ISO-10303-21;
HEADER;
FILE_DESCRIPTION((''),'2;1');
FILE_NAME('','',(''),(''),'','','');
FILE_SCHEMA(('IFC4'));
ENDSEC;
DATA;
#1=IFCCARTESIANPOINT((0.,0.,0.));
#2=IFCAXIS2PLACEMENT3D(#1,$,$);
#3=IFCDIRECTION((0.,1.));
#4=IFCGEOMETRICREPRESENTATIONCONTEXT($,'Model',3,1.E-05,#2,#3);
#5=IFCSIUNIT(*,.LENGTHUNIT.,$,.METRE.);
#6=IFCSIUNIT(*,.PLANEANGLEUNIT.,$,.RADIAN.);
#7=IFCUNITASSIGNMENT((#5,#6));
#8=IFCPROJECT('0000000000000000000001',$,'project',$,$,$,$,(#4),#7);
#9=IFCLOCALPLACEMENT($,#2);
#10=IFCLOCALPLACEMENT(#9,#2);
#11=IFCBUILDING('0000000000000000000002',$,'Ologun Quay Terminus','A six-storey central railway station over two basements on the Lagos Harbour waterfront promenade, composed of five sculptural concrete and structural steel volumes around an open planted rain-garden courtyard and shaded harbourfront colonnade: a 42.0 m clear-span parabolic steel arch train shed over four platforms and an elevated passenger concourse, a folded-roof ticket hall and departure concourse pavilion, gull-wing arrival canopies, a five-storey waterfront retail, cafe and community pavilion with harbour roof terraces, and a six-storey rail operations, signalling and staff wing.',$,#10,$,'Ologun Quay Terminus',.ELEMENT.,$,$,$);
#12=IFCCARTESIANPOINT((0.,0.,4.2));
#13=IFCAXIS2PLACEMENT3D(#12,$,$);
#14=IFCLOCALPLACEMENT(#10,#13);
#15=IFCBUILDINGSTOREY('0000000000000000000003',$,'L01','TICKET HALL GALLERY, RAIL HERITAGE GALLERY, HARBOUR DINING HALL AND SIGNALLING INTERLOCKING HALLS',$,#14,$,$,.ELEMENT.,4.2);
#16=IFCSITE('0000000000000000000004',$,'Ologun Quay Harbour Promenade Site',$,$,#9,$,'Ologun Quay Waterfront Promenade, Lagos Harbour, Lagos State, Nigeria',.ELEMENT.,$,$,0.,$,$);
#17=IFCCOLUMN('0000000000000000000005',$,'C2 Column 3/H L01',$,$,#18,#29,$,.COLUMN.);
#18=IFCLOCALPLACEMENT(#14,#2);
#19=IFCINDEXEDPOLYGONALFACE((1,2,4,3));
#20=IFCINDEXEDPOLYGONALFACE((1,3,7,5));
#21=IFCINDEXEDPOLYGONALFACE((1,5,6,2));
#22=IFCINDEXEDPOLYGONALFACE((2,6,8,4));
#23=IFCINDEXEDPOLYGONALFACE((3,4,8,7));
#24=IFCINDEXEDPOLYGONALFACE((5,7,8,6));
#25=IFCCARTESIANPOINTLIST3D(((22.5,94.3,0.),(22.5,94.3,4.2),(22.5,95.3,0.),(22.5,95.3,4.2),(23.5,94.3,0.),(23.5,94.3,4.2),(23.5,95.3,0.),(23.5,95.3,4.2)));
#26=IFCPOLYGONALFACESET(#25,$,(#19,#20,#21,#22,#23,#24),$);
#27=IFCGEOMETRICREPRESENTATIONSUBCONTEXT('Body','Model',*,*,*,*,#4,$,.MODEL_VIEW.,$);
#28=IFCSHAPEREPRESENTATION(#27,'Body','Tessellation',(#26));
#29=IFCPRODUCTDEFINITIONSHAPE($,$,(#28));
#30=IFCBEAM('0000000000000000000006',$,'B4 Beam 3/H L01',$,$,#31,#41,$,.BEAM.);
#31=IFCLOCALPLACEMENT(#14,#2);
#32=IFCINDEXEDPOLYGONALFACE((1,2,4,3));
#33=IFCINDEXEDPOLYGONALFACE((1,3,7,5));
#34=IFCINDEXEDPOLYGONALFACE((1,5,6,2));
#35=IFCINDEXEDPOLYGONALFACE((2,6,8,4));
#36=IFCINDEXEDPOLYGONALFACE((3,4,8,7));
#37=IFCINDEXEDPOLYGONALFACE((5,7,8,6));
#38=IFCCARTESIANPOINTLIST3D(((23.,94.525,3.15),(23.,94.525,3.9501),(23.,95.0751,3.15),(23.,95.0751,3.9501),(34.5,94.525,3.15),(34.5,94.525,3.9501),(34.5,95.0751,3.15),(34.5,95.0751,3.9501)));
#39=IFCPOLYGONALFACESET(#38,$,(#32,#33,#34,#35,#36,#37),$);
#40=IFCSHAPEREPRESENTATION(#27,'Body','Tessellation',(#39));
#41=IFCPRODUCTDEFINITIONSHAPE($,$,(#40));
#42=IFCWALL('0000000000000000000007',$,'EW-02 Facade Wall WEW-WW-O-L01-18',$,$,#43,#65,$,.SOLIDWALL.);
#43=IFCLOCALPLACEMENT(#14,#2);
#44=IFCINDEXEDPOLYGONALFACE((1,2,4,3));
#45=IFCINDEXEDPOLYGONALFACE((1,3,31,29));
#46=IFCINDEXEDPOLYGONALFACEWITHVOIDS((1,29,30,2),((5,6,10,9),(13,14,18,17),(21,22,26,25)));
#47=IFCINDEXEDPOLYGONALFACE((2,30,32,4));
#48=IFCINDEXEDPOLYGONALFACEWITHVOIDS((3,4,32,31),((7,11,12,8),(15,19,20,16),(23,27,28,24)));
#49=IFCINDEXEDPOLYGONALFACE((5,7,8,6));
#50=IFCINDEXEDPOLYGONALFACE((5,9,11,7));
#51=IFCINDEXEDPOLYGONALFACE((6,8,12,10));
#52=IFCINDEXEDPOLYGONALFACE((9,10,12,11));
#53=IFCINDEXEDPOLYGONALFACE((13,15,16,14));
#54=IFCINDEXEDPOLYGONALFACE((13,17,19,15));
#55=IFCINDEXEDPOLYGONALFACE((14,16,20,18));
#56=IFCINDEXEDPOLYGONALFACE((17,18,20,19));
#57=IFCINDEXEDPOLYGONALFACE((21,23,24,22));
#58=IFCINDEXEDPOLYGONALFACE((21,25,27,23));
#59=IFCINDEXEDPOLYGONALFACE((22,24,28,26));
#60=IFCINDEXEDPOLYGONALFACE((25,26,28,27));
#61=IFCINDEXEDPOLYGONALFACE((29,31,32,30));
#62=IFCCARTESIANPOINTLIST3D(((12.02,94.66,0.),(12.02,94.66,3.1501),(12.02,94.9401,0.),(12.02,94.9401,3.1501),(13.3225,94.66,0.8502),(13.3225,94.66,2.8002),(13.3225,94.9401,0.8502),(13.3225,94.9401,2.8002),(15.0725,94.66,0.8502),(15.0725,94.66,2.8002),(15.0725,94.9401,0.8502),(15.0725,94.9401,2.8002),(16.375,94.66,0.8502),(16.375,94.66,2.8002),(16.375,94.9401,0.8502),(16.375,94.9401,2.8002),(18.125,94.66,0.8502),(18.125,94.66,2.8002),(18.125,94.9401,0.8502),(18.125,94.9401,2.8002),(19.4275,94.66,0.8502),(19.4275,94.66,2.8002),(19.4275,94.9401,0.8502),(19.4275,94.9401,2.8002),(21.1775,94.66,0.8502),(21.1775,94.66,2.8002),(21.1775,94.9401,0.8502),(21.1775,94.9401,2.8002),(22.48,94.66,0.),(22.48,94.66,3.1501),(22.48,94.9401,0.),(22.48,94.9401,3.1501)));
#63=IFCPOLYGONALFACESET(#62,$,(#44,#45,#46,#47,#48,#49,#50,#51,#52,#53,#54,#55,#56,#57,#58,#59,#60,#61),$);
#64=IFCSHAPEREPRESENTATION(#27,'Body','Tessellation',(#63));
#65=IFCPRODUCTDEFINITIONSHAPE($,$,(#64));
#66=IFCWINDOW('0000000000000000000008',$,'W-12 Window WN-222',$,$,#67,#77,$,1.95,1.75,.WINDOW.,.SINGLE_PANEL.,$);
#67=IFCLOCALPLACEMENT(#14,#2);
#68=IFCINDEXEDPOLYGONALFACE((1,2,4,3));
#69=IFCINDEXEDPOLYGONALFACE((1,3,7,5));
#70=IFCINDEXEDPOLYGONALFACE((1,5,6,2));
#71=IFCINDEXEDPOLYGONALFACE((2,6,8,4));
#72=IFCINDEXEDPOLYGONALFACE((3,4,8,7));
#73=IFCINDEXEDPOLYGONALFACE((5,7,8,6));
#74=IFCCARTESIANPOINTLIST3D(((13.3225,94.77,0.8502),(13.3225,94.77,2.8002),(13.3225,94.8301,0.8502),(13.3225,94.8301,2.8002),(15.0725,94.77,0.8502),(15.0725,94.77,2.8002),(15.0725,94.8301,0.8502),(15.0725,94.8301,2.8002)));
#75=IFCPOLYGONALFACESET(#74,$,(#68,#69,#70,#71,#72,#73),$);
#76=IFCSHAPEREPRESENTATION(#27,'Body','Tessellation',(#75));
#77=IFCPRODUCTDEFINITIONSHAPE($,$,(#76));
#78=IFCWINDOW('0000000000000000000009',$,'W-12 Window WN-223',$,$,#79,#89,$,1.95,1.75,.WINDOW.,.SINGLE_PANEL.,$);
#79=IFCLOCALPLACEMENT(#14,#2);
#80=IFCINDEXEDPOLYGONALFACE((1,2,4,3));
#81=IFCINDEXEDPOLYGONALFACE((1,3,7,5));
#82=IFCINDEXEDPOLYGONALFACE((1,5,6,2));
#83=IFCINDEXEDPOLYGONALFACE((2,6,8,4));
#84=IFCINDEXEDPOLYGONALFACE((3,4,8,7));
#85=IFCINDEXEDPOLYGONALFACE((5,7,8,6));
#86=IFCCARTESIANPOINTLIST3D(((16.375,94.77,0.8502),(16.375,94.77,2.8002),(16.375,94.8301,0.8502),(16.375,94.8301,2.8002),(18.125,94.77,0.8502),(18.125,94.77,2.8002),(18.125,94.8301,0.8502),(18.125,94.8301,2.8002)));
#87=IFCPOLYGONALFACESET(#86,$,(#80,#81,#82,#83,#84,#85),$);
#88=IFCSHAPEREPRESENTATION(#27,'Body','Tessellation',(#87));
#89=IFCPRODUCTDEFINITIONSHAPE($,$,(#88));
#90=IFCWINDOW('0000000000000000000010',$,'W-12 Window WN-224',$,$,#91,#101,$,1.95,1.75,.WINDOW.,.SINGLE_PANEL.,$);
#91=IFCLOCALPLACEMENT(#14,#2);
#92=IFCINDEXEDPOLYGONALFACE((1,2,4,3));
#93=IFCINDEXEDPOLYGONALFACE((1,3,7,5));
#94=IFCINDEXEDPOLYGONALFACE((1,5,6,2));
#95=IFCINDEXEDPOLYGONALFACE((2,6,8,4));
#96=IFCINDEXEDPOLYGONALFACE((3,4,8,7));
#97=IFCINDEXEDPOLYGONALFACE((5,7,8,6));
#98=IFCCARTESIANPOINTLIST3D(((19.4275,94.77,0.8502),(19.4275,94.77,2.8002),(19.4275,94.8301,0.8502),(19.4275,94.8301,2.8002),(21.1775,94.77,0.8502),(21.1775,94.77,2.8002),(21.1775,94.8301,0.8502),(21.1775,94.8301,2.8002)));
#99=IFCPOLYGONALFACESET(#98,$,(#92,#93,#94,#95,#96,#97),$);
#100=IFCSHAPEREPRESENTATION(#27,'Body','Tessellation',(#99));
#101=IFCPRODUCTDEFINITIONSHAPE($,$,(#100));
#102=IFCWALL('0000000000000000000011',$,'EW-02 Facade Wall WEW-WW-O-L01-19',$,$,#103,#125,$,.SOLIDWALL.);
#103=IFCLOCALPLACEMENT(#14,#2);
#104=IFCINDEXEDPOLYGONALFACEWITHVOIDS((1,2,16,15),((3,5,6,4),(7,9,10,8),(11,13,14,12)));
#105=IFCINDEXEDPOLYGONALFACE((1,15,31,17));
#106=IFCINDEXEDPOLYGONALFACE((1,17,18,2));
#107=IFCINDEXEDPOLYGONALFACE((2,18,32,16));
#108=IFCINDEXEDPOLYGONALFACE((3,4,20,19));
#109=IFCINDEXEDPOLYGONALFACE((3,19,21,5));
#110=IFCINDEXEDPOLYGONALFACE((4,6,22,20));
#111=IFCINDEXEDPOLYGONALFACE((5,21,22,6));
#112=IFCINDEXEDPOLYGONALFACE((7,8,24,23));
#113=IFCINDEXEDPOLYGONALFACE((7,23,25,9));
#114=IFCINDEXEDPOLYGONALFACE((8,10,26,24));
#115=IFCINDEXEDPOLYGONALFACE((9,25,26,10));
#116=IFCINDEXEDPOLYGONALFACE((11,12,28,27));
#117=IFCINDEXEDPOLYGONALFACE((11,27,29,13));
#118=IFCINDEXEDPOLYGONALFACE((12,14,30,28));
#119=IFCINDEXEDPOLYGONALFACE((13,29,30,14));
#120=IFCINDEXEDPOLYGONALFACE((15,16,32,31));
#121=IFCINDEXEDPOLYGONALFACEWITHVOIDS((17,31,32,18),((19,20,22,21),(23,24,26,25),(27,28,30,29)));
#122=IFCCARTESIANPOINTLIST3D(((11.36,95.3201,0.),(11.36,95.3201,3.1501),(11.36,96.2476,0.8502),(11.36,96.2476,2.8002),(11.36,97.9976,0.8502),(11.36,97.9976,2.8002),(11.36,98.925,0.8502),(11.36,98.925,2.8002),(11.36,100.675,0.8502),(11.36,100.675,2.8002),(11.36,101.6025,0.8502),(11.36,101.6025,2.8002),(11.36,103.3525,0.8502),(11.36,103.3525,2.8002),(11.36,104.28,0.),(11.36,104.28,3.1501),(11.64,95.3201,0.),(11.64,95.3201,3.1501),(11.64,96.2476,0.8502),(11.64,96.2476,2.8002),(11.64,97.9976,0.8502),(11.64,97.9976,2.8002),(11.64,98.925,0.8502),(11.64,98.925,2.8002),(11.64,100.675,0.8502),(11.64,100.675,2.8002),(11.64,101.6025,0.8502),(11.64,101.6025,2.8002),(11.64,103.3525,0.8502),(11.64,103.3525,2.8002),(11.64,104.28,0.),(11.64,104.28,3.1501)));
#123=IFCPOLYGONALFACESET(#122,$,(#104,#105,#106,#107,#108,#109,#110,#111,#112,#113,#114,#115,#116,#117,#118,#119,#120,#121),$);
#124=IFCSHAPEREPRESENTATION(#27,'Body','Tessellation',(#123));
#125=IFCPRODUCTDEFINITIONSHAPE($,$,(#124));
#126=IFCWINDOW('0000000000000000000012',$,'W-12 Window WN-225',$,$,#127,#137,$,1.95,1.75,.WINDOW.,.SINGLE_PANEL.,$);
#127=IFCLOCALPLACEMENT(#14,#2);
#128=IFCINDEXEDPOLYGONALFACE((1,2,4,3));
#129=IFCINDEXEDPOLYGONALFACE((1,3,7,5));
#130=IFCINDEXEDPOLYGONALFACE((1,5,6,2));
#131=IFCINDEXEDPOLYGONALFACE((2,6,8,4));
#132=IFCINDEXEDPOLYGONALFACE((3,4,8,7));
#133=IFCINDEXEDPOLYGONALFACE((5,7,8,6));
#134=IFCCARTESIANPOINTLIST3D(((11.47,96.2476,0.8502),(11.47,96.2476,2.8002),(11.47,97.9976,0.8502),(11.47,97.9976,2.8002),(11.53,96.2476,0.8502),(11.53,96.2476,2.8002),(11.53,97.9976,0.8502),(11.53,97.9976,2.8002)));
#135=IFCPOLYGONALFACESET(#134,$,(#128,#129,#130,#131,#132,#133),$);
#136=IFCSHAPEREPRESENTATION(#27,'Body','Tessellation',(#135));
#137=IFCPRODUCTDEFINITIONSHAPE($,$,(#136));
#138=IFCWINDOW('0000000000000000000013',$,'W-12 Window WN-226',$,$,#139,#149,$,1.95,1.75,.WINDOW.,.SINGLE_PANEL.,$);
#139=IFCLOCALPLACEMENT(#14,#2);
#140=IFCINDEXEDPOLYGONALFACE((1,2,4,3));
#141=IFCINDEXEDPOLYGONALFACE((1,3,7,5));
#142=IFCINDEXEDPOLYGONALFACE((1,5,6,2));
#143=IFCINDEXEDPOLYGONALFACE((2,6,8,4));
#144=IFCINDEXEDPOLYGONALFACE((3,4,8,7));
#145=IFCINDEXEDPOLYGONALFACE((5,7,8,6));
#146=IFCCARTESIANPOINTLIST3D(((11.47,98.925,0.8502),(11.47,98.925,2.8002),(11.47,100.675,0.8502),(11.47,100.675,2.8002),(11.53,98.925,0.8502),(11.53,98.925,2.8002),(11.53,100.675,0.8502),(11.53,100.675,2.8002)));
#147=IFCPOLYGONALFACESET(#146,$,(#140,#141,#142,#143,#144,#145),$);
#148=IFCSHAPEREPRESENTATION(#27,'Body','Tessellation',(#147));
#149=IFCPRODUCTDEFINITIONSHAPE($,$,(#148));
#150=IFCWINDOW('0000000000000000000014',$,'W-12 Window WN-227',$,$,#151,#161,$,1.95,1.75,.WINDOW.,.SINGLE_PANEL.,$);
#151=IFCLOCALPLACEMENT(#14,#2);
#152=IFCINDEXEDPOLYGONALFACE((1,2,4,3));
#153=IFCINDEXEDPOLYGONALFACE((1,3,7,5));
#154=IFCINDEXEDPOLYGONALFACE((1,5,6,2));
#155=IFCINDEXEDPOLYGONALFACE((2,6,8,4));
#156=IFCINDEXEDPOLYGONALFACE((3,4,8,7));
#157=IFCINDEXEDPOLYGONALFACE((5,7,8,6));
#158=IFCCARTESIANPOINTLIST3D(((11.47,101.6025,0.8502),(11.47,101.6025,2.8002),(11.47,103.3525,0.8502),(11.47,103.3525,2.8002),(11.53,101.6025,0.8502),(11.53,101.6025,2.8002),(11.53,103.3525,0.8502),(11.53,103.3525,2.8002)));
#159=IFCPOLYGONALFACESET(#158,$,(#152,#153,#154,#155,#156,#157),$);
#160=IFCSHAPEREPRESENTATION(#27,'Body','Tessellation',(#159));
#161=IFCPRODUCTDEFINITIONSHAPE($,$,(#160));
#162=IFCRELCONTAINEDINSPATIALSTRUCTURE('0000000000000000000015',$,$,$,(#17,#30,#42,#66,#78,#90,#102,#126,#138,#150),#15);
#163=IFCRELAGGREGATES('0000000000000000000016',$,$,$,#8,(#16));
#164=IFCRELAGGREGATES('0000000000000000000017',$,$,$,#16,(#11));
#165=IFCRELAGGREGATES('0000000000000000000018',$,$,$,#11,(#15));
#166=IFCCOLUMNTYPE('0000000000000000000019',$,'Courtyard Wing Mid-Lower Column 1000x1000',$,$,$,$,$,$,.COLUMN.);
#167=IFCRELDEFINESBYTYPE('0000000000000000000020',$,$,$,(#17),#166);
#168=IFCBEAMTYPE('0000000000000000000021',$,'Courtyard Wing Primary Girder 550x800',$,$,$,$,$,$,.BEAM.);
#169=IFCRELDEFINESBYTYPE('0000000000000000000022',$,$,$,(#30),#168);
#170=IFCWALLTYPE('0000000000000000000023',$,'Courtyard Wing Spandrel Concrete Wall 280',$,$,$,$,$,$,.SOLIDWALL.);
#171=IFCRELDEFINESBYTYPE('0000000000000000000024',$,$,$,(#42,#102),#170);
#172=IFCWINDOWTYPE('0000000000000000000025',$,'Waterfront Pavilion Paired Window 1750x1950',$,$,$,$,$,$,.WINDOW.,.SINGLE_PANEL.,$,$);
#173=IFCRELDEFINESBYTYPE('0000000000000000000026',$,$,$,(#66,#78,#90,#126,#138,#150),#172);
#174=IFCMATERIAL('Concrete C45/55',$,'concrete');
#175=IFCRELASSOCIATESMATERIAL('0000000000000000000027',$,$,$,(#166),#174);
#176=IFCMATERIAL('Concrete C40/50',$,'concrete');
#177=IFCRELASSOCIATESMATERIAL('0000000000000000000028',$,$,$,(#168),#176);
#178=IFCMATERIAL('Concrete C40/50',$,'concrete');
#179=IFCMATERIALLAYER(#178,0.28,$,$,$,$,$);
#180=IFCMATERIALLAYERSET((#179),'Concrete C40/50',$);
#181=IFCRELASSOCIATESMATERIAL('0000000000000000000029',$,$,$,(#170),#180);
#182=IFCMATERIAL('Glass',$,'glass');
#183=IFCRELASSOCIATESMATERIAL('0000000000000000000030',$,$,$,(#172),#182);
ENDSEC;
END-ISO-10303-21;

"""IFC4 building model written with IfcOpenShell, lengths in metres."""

from ifc_helpers import new_model, si_unit, direction, frame, frame_2d, origin, origin_2d, place, context, subcontext, project, spatial, rectangle, extrude, material, layer, layer_set, material_profile, profile_set, type_object, element, fill, save


model = new_model("IFC4")

# Units and contexts
model_context = context("Model", 3, precision=1e-05, world=origin(), true_north=direction((0.0, 1.0)))
body_context = subcontext(model_context, "Body", "Model", "MODEL_VIEW")
ifc_project = project(units=[si_unit("LENGTHUNIT", "METRE"), si_unit("PLANEANGLEUNIT", "RADIAN")], contexts=[model_context])

# Site, building, storey
site_placement = place(None, origin())
site = spatial("IfcSite", under=ifc_project, at=site_placement, Name="Ologun Quay Harbour Promenade Site", LongName="Ologun Quay Waterfront Promenade, Lagos Harbour, Lagos State, Nigeria", CompositionType="ELEMENT", RefElevation=0.0)
building_placement = place(site_placement, origin())
building = spatial("IfcBuilding", under=site, at=building_placement, Name="Ologun Quay Terminus", Description="A six-storey central railway station over two basements on the Lagos Harbour waterfront promenade, composed of five sculptural concrete and structural steel volumes around an open planted rain-garden courtyard and shaded harbourfront colonnade: a 42.0 m clear-span parabolic steel arch train shed over four platforms and an elevated passenger concourse, a folded-roof ticket hall and departure concourse pavilion, gull-wing arrival canopies, a five-storey waterfront retail, cafe and community pavilion with harbour roof terraces, and a six-storey rail operations, signalling and staff wing.", LongName="Ologun Quay Terminus", CompositionType="ELEMENT")
storey_placement = place(building_placement, frame((0.0, 0.0, 4.2)))
storey = spatial("IfcBuildingStorey", under=building, at=storey_placement, Name="L01", Description="TICKET HALL GALLERY, RAIL HERITAGE GALLERY, HARBOUR DINING HALL AND SIGNALLING INTERLOCKING HALLS", CompositionType="ELEMENT", Elevation=4.2)

# Column
ifc_material_1 = material(Name="Concrete C45/55", Category="concrete")
ifc_material_profile_1 = material_profile(ifc_material_1, rectangle(XDim=1.0, YDim=1.0, at=origin_2d()), Name="RC 1000x1000")
ifc_profile_set_1 = profile_set([ifc_material_profile_1], Name="Concrete C45/55")
column_type = type_object("IfcColumnType", Name="Courtyard Wing Mid-Lower Column 1000x1000", PredefinedType="COLUMN", material=ifc_profile_set_1)
column_placement = place(storey_placement, frame((23.0, 94.8, 0.0), z_axis=(0.0, 0.0, 1.0), x_axis=(1.0, 0.0, 0.0)))
element("IfcColumn", 1, at=column_placement, inside=storey, type_object=column_type, Name="C2 Column 3/H L01", PredefinedType="COLUMN", context=body_context, shape_type="SweptSolid", body=[
    extrude(rectangle(XDim=1.0, YDim=1.0, at=origin_2d()), origin(), (0.0, 0.0, 1.0), 4.2),
])

# Beam
ifc_material_2 = material(Name="Concrete C40/50", Category="concrete")
ifc_material_profile_2 = material_profile(ifc_material_2, rectangle(XDim=0.55, YDim=0.8, at=origin_2d()), Name="RC 550x800")
ifc_profile_set_2 = profile_set([ifc_material_profile_2], Name="Concrete C40/50")
beam_type = type_object("IfcBeamType", Name="Courtyard Wing Primary Girder 550x800", PredefinedType="BEAM", material=ifc_profile_set_2)
beam_placement = place(storey_placement, frame((23.0, 94.8, 3.55), z_axis=(1.0, 0.0, 0.0), x_axis=(0.0, 1.0, 0.0)))
element("IfcBeam", 2, at=beam_placement, inside=storey, type_object=beam_type, Name="B4 Beam 3/H L01", PredefinedType="BEAM", context=body_context, shape_type="SweptSolid", body=[
    extrude(rectangle(XDim=0.55, YDim=0.8, at=origin_2d()), origin(), (0.0, 0.0, 1.0), 11.5),
])

# Walls, openings, windows
ifc_material_3 = material(Name="Concrete C40/50", Category="concrete")
ifc_layer_1 = layer(ifc_material_3, 0.28)
ifc_layer_set_1 = layer_set([ifc_layer_1], Name="Concrete C40/50")
wall_type = type_object("IfcWallType", Name="Courtyard Wing Spandrel Concrete Wall 280", PredefinedType="SOLIDWALL", material=ifc_layer_set_1)
wall_1_placement = place(storey_placement, frame((12.02, 94.8, 0.0), z_axis=(0.0, 0.0, 1.0), x_axis=(1.0, 0.0, 0.0)))
wall_1 = element("IfcWall", 3, at=wall_1_placement, inside=storey, type_object=wall_type, Name="EW-02 Facade Wall WEW-WW-O-L01-18", PredefinedType="SOLIDWALL", context=body_context, shape_type="SweptSolid", body=[
    extrude(rectangle(XDim=10.46, YDim=0.28, at=frame_2d((5.23, 0.0))), origin(), (0.0, 0.0, 1.0), 3.1501),
])
opening_1_placement = place(wall_1_placement, frame((1.3025, 0.0, 0.8501)))
opening_1 = element("IfcOpeningElement", 4, at=opening_1_placement, cuts=wall_1, PredefinedType="OPENING", context=body_context, shape_type="SweptSolid", body=[
    extrude(rectangle(XDim=1.75, YDim=1.95, at=frame_2d((0.875, 0.9751))), frame((0.0, 0.1499, 0.0), z_axis=(0.0, -1.0, 0.0), x_axis=(1.0, 0.0, 0.0)), (0.0, 0.0, 1.0), 0.3),
])
opening_2_placement = place(wall_1_placement, frame((4.355, 0.0, 0.8501)))
opening_2 = element("IfcOpeningElement", 5, at=opening_2_placement, cuts=wall_1, PredefinedType="OPENING", context=body_context, shape_type="SweptSolid", body=[
    extrude(rectangle(XDim=1.75, YDim=1.95, at=frame_2d((0.875, 0.9751))), frame((0.0, 0.1499, 0.0), z_axis=(0.0, -1.0, 0.0), x_axis=(1.0, 0.0, 0.0)), (0.0, 0.0, 1.0), 0.3),
])
opening_3_placement = place(wall_1_placement, frame((7.4075, 0.0, 0.8501)))
opening_3 = element("IfcOpeningElement", 6, at=opening_3_placement, cuts=wall_1, PredefinedType="OPENING", context=body_context, shape_type="SweptSolid", body=[
    extrude(rectangle(XDim=1.75, YDim=1.95, at=frame_2d((0.875, 0.9751))), frame((0.0, 0.1499, 0.0), z_axis=(0.0, -1.0, 0.0), x_axis=(1.0, 0.0, 0.0)), (0.0, 0.0, 1.0), 0.3),
])
ifc_material_4 = material(Name="Glass", Category="glass")
window_type = type_object("IfcWindowType", Name="Waterfront Pavilion Paired Window 1750x1950", PartitioningType="SINGLE_PANEL", PredefinedType="WINDOW", material=ifc_material_4)
window_1_placement = place(opening_1_placement, origin())
window_1 = element("IfcWindow", 7, at=window_1_placement, inside=storey, type_object=window_type, Name="W-12 Window WN-222", OverallHeight=1.95, OverallWidth=1.75, PartitioningType="SINGLE_PANEL", PredefinedType="WINDOW", context=body_context, shape_type="SweptSolid", body=[
    extrude(rectangle(XDim=1.75, YDim=1.95, at=frame_2d((0.875, 0.9751))), frame((0.0, 0.03, 0.0), z_axis=(0.0, -1.0, 0.0), x_axis=(1.0, 0.0, 0.0)), (0.0, 0.0, 1.0), 0.0601),
])
fill(opening_1, window_1)
window_2_placement = place(opening_2_placement, origin())
window_2 = element("IfcWindow", 8, at=window_2_placement, inside=storey, type_object=window_type, Name="W-12 Window WN-223", OverallHeight=1.95, OverallWidth=1.75, PartitioningType="SINGLE_PANEL", PredefinedType="WINDOW", context=body_context, shape_type="SweptSolid", body=[
    extrude(rectangle(XDim=1.75, YDim=1.95, at=frame_2d((0.875, 0.9751))), frame((0.0, 0.03, 0.0), z_axis=(0.0, -1.0, 0.0), x_axis=(1.0, 0.0, 0.0)), (0.0, 0.0, 1.0), 0.0601),
])
fill(opening_2, window_2)
window_3_placement = place(opening_3_placement, origin())
window_3 = element("IfcWindow", 9, at=window_3_placement, inside=storey, type_object=window_type, Name="W-12 Window WN-224", OverallHeight=1.95, OverallWidth=1.75, PartitioningType="SINGLE_PANEL", PredefinedType="WINDOW", context=body_context, shape_type="SweptSolid", body=[
    extrude(rectangle(XDim=1.75, YDim=1.95, at=frame_2d((0.875, 0.9751))), frame((0.0, 0.03, 0.0), z_axis=(0.0, -1.0, 0.0), x_axis=(1.0, 0.0, 0.0)), (0.0, 0.0, 1.0), 0.0601),
])
fill(opening_3, window_3)
wall_2_placement = place(storey_placement, frame((11.5, 95.3201, 0.0), z_axis=(0.0, 0.0, 1.0), x_axis=(0.0, 1.0, 0.0)))
wall_2 = element("IfcWall", 10, at=wall_2_placement, inside=storey, type_object=wall_type, Name="EW-02 Facade Wall WEW-WW-O-L01-19", PredefinedType="SOLIDWALL", context=body_context, shape_type="SweptSolid", body=[
    extrude(rectangle(XDim=8.96, YDim=0.28, at=frame_2d((4.48, 0.0))), origin(), (0.0, 0.0, 1.0), 3.1501),
])
opening_4_placement = place(wall_2_placement, frame((0.9275, 0.0, 0.8501)))
opening_4 = element("IfcOpeningElement", 11, at=opening_4_placement, cuts=wall_2, PredefinedType="OPENING", context=body_context, shape_type="SweptSolid", body=[
    extrude(rectangle(XDim=1.75, YDim=1.95, at=frame_2d((0.875, 0.9751))), frame((0.0, 0.1499, 0.0), z_axis=(0.0, -1.0, 0.0), x_axis=(1.0, 0.0, 0.0)), (0.0, 0.0, 1.0), 0.3),
])
opening_5_placement = place(wall_2_placement, frame((3.605, 0.0, 0.8501)))
opening_5 = element("IfcOpeningElement", 12, at=opening_5_placement, cuts=wall_2, PredefinedType="OPENING", context=body_context, shape_type="SweptSolid", body=[
    extrude(rectangle(XDim=1.75, YDim=1.95, at=frame_2d((0.875, 0.9751))), frame((0.0, 0.1499, 0.0), z_axis=(0.0, -1.0, 0.0), x_axis=(1.0, 0.0, 0.0)), (0.0, 0.0, 1.0), 0.3),
])
opening_6_placement = place(wall_2_placement, frame((6.2825, 0.0, 0.8501)))
opening_6 = element("IfcOpeningElement", 13, at=opening_6_placement, cuts=wall_2, PredefinedType="OPENING", context=body_context, shape_type="SweptSolid", body=[
    extrude(rectangle(XDim=1.75, YDim=1.95, at=frame_2d((0.875, 0.9751))), frame((0.0, 0.1499, 0.0), z_axis=(0.0, -1.0, 0.0), x_axis=(1.0, 0.0, 0.0)), (0.0, 0.0, 1.0), 0.3),
])
window_4_placement = place(opening_4_placement, origin())
window_4 = element("IfcWindow", 14, at=window_4_placement, inside=storey, type_object=window_type, Name="W-12 Window WN-225", OverallHeight=1.95, OverallWidth=1.75, PartitioningType="SINGLE_PANEL", PredefinedType="WINDOW", context=body_context, shape_type="SweptSolid", body=[
    extrude(rectangle(XDim=1.75, YDim=1.95, at=frame_2d((0.875, 0.9751))), frame((0.0, 0.03, 0.0), z_axis=(0.0, -1.0, 0.0), x_axis=(1.0, 0.0, 0.0)), (0.0, 0.0, 1.0), 0.0601),
])
fill(opening_4, window_4)
window_5_placement = place(opening_5_placement, origin())
window_5 = element("IfcWindow", 15, at=window_5_placement, inside=storey, type_object=window_type, Name="W-12 Window WN-226", OverallHeight=1.95, OverallWidth=1.75, PartitioningType="SINGLE_PANEL", PredefinedType="WINDOW", context=body_context, shape_type="SweptSolid", body=[
    extrude(rectangle(XDim=1.75, YDim=1.95, at=frame_2d((0.875, 0.9751))), frame((0.0, 0.03, 0.0), z_axis=(0.0, -1.0, 0.0), x_axis=(1.0, 0.0, 0.0)), (0.0, 0.0, 1.0), 0.0601),
])
fill(opening_5, window_5)
window_6_placement = place(opening_6_placement, origin())
window_6 = element("IfcWindow", 16, at=window_6_placement, inside=storey, type_object=window_type, Name="W-12 Window WN-227", OverallHeight=1.95, OverallWidth=1.75, PartitioningType="SINGLE_PANEL", PredefinedType="WINDOW", context=body_context, shape_type="SweptSolid", body=[
    extrude(rectangle(XDim=1.75, YDim=1.95, at=frame_2d((0.875, 0.9751))), frame((0.0, 0.03, 0.0), z_axis=(0.0, -1.0, 0.0), x_axis=(1.0, 0.0, 0.0)), (0.0, 0.0, 1.0), 0.0601),
])
fill(opening_6, window_6)

save(model, "model.ifc")
